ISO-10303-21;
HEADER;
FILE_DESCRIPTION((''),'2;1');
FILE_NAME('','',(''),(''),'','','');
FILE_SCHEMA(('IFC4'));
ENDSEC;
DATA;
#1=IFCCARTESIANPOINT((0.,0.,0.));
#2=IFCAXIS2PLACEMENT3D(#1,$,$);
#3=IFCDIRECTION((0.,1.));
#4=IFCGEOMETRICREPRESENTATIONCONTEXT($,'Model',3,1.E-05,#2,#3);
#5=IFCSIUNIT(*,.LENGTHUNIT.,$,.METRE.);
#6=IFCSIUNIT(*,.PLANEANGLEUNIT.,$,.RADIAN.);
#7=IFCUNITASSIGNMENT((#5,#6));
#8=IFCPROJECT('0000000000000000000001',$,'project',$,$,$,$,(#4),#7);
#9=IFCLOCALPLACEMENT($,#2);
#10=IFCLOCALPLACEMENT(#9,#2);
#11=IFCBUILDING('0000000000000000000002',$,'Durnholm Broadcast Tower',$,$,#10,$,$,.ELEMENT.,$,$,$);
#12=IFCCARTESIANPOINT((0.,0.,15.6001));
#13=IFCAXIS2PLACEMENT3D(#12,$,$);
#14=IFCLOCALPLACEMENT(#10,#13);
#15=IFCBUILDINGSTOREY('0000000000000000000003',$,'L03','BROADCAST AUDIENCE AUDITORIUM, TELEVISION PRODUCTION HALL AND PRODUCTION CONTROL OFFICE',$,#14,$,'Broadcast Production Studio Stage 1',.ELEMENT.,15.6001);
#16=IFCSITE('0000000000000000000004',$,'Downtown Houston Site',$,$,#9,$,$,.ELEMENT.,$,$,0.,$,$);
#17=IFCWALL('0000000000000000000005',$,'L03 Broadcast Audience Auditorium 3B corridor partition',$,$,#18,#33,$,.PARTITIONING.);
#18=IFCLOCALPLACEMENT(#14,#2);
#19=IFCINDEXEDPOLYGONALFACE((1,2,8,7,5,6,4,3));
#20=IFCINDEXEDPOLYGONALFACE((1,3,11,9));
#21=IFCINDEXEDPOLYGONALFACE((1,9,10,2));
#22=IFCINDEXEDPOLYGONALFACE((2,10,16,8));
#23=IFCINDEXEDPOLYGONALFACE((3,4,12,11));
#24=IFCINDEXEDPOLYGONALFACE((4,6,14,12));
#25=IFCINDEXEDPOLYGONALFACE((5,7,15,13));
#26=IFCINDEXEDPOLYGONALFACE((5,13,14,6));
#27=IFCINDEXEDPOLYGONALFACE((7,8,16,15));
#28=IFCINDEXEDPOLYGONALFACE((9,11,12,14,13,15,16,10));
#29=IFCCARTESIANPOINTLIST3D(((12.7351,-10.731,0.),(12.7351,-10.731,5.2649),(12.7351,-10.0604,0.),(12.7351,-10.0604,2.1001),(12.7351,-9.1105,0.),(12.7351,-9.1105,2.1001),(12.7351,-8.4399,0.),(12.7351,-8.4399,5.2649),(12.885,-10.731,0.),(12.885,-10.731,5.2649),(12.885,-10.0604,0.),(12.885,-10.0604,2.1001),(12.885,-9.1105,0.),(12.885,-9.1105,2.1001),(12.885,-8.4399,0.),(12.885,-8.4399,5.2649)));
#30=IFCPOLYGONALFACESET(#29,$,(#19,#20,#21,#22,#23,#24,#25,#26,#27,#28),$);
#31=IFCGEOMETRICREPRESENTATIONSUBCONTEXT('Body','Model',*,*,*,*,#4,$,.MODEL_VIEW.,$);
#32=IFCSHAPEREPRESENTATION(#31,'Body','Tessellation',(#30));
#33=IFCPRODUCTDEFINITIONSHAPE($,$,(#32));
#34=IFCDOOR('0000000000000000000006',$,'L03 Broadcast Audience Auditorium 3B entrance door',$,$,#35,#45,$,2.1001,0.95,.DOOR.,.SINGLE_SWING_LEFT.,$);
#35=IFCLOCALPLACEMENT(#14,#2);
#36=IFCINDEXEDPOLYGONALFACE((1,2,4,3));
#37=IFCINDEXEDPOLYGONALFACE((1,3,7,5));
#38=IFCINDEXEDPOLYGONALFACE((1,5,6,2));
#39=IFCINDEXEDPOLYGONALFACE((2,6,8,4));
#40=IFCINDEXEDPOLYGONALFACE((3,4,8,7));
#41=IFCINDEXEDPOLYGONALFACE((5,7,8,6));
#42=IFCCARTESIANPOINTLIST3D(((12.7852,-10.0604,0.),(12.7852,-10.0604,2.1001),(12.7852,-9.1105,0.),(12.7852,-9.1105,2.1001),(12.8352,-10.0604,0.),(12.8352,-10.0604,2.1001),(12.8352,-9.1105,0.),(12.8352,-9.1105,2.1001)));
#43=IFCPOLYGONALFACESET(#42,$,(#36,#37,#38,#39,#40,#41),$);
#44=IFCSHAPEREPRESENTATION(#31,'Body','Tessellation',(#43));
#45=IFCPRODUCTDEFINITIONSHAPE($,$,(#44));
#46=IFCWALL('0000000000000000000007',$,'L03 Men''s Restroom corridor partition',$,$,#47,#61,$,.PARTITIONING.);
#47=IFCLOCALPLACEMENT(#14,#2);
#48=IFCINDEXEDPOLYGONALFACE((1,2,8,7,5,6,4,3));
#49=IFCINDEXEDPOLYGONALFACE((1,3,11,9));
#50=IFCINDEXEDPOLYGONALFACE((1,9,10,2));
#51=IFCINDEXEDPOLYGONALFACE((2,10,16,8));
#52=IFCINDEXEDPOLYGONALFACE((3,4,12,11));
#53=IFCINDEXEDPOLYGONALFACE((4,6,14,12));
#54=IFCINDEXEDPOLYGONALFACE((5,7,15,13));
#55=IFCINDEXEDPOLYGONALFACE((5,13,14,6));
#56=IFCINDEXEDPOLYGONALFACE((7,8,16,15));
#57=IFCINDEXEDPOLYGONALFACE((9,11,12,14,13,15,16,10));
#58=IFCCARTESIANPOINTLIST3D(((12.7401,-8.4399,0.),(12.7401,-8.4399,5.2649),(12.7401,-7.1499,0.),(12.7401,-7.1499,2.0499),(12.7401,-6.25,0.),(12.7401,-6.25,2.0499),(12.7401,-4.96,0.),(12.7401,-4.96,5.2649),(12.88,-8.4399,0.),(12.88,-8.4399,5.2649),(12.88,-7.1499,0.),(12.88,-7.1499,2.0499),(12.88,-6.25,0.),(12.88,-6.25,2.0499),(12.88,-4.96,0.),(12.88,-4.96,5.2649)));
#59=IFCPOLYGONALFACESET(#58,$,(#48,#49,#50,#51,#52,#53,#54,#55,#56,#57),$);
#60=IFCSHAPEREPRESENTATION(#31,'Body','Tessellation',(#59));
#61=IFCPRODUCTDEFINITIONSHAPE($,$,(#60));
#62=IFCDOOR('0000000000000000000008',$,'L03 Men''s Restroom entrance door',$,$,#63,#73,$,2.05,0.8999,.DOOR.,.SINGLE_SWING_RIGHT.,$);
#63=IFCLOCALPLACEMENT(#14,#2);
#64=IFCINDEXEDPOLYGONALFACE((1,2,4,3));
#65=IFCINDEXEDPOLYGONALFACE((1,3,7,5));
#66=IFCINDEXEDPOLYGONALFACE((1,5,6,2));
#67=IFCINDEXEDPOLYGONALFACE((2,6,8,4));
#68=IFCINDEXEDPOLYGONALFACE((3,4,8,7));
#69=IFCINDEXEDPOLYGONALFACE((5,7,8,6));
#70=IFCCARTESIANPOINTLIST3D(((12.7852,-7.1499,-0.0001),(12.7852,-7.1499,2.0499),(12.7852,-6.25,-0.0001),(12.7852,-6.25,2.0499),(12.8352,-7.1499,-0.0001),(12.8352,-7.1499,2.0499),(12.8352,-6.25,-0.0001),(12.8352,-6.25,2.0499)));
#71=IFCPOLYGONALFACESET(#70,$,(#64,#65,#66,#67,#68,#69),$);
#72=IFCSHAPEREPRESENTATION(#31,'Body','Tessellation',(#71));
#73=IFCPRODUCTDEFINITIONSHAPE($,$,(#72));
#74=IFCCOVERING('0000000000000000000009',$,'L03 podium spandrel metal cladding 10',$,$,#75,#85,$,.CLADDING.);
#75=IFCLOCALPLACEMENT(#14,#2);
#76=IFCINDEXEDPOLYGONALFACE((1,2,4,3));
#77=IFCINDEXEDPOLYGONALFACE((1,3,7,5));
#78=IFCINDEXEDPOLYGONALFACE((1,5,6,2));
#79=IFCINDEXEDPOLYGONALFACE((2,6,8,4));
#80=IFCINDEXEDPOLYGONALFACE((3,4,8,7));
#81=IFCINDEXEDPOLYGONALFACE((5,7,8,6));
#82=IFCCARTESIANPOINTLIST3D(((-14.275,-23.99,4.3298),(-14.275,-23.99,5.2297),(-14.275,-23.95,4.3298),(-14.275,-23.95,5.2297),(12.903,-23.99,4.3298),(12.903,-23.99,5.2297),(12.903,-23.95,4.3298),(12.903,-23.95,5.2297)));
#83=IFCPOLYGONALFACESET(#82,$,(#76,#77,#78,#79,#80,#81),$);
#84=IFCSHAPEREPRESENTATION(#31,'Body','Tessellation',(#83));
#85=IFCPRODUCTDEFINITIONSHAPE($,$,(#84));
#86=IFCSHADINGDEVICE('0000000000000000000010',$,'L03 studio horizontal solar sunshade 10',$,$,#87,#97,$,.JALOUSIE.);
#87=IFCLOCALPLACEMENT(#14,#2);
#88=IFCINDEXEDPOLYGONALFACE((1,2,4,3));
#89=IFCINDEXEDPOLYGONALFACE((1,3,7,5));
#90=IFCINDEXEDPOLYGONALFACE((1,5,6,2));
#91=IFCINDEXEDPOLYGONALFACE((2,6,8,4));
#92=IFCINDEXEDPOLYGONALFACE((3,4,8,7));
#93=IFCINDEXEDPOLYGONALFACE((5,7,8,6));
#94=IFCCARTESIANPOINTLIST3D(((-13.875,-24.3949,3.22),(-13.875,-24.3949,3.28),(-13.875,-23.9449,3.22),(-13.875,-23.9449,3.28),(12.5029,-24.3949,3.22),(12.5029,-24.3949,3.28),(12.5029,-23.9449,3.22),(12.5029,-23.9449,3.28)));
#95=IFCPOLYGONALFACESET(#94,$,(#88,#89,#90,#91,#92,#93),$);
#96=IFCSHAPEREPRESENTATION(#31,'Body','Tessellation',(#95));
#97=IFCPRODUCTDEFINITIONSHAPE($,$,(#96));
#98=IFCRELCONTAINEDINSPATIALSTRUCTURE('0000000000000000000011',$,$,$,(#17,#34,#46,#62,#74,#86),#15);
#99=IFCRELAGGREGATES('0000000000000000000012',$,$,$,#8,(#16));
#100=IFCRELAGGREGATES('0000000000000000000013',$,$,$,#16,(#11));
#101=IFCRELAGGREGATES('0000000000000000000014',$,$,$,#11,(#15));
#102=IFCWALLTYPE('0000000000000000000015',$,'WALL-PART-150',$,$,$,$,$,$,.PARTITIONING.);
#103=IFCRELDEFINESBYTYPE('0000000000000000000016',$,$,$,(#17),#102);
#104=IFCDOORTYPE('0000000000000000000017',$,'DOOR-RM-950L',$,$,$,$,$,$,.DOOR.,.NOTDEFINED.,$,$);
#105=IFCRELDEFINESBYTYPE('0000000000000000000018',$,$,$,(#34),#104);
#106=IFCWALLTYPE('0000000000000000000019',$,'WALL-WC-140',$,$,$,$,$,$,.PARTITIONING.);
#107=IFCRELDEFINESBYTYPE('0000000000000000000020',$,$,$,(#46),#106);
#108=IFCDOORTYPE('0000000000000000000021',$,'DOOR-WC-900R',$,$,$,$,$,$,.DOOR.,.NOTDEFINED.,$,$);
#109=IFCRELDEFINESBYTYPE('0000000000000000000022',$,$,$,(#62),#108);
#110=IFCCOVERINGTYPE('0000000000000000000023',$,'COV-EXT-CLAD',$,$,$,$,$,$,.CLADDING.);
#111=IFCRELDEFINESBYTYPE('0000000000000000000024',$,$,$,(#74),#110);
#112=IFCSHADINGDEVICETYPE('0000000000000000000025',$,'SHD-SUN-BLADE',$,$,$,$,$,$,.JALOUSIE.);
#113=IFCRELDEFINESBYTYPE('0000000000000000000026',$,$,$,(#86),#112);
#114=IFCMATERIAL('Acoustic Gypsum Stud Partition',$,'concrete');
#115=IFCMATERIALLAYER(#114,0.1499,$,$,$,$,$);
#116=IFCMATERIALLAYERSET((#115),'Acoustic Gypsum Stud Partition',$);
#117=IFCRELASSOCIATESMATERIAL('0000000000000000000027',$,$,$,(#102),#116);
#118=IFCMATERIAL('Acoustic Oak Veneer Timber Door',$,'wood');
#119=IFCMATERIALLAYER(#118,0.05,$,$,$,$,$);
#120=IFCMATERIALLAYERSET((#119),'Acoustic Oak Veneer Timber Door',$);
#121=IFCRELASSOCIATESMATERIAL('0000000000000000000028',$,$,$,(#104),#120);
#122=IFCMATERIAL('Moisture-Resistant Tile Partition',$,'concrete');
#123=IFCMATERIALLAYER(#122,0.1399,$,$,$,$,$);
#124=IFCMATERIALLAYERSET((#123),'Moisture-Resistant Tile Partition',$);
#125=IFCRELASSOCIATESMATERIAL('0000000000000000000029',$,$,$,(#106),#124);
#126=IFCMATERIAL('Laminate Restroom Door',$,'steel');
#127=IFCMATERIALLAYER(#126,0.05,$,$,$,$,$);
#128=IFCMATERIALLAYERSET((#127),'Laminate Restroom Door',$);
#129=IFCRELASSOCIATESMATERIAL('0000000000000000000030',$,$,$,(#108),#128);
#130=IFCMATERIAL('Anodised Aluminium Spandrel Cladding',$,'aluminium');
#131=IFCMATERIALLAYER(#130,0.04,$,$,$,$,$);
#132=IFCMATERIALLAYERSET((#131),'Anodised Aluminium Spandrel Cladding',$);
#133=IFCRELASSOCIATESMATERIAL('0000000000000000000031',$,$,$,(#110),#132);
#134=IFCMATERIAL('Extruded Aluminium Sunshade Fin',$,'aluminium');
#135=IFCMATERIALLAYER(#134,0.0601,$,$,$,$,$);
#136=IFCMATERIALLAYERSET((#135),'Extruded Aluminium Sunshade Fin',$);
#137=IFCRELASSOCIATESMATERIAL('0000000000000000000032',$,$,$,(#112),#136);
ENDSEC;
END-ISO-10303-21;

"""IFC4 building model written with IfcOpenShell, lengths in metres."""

from ifc_helpers import new_model, si_unit, direction, frame, frame_2d, origin, origin_2d, place, context, subcontext, project, spatial, rectangle, extrude, source, transform, mapped, material, layer, layer_set, type_object, type_shapes, element, fill, save


model = new_model("IFC4")

# Units and contexts
model_context = context("Model", 3, precision=1e-05, world=origin(), true_north=direction((0.0, 1.0)))
body_context = subcontext(model_context, "Body", "Model", "MODEL_VIEW")
ifc_project = project(units=[si_unit("LENGTHUNIT", "METRE"), si_unit("PLANEANGLEUNIT", "RADIAN")], contexts=[model_context])

# Site, building, storey
site_placement = place(None, origin())
site = spatial("IfcSite", under=ifc_project, at=site_placement, Name="Downtown Houston Site", CompositionType="ELEMENT", RefElevation=0.0)
building_placement = place(site_placement, origin())
building = spatial("IfcBuilding", under=site, at=building_placement, Name="Durnholm Broadcast Tower", CompositionType="ELEMENT")
storey_placement = place(building_placement, frame((0.0, 0.0, 15.6001)))
storey = spatial("IfcBuildingStorey", under=building, at=storey_placement, Name="L03", Description="BROADCAST AUDIENCE AUDITORIUM, TELEVISION PRODUCTION HALL AND PRODUCTION CONTROL OFFICE", LongName="Broadcast Production Studio Stage 1", CompositionType="ELEMENT", Elevation=15.6001)

# Walls, openings, doors
ifc_material_1 = material(Name="Acoustic Gypsum Stud Partition", Category="concrete")
ifc_layer_1 = layer(ifc_material_1, 0.1499)
ifc_layer_set_1 = layer_set([ifc_layer_1], Name="Acoustic Gypsum Stud Partition")
wall_type_1 = type_object("IfcWallType", Name="WALL-PART-150", PredefinedType="PARTITIONING", material=ifc_layer_set_1)
wall_1_placement = place(storey_placement, frame((12.8101, -10.731, 0.0), z_axis=(0.0, 0.0, 1.0), x_axis=(0.0, 1.0, 0.0)))
wall_1 = element("IfcWall", 1, at=wall_1_placement, inside=storey, type_object=wall_type_1, Name="L03 Broadcast Audience Auditorium 3B corridor partition", PredefinedType="PARTITIONING", context=body_context, shape_type="SweptSolid", body=[
    extrude(rectangle(XDim=2.291, YDim=0.1499, at=frame_2d((1.1455, 0.0))), origin(), (0.0, 0.0, 1.0), 5.2649),
])
opening_1_placement = place(wall_1_placement, frame((0.6704, 0.0, 0.0)))
opening_1 = element("IfcOpeningElement", 2, at=opening_1_placement, cuts=wall_1, PredefinedType="OPENING", context=body_context, shape_type="SweptSolid", body=[
    extrude(rectangle(XDim=0.95, YDim=2.1001, at=frame_2d((0.4751, 1.05))), frame((0.0, 0.085, 0.0), z_axis=(0.0, -1.0, 0.0), x_axis=(1.0, 0.0, 0.0)), (0.0, 0.0, 1.0), 0.1699),
])
ifc_material_2 = material(Name="Acoustic Oak Veneer Timber Door", Category="wood")
ifc_layer_2 = layer(ifc_material_2, 0.05)
ifc_layer_set_2 = layer_set([ifc_layer_2], Name="Acoustic Oak Veneer Timber Door")
door_type_1 = type_object("IfcDoorType", Name="DOOR-RM-950L", OperationType="NOTDEFINED", PredefinedType="DOOR", material=ifc_layer_set_2)
shared_shape_1 = source(origin(), body_context, "Body", "SweptSolid", [
    extrude(rectangle(XDim=0.95, YDim=2.1001, at=frame_2d((0.4751, 1.05))), frame((0.0, 0.0249, 0.0), z_axis=(0.0, -1.0, 0.0), x_axis=(1.0, 0.0, 0.0)), (0.0, 0.0, 1.0), 0.05),
])
type_shapes(door_type_1, [shared_shape_1])
door_1_placement = place(opening_1_placement, origin())
door_1 = element("IfcDoor", 3, at=door_1_placement, inside=storey, type_object=door_type_1, Name="L03 Broadcast Audience Auditorium 3B entrance door", OperationType="SINGLE_SWING_LEFT", OverallHeight=2.1001, OverallWidth=0.95, PredefinedType="DOOR", context=body_context, shape_type="MappedRepresentation", body=[
    mapped(shared_shape_1, transform((0.0, 0.0, 0.0), x_axis=(1.0, 0.0, 0.0), y_axis=(0.0, 1.0, 0.0), z_axis=(0.0, 0.0, 1.0), scale=1.0)),
])
fill(opening_1, door_1)
ifc_material_3 = material(Name="Moisture-Resistant Tile Partition", Category="concrete")
ifc_layer_3 = layer(ifc_material_3, 0.1399)
ifc_layer_set_3 = layer_set([ifc_layer_3], Name="Moisture-Resistant Tile Partition")
wall_type_2 = type_object("IfcWallType", Name="WALL-WC-140", PredefinedType="PARTITIONING", material=ifc_layer_set_3)
wall_2_placement = place(storey_placement, frame((12.8101, -8.4399, 0.0), z_axis=(0.0, 0.0, 1.0), x_axis=(0.0, 1.0, 0.0)))
wall_2 = element("IfcWall", 4, at=wall_2_placement, inside=storey, type_object=wall_type_2, Name="L03 Men's Restroom corridor partition", PredefinedType="PARTITIONING", context=body_context, shape_type="SweptSolid", body=[
    extrude(rectangle(XDim=3.48, YDim=0.1399, at=frame_2d((1.74, 0.0))), origin(), (0.0, 0.0, 1.0), 5.2649),
])
opening_2_placement = place(wall_2_placement, frame((1.29, 0.0, 0.0)))
opening_2 = element("IfcOpeningElement", 5, at=opening_2_placement, cuts=wall_2, PredefinedType="OPENING", context=body_context, shape_type="SweptSolid", body=[
    extrude(rectangle(XDim=0.8999, YDim=2.05, at=frame_2d((0.45, 1.0249))), frame((0.0, 0.0801, 0.0), z_axis=(0.0, -1.0, 0.0), x_axis=(1.0, 0.0, 0.0)), (0.0, 0.0, 1.0), 0.1599),
])
ifc_material_4 = material(Name="Laminate Restroom Door", Category="steel")
ifc_layer_4 = layer(ifc_material_4, 0.05)
ifc_layer_set_4 = layer_set([ifc_layer_4], Name="Laminate Restroom Door")
door_type_2 = type_object("IfcDoorType", Name="DOOR-WC-900R", OperationType="NOTDEFINED", PredefinedType="DOOR", material=ifc_layer_set_4)
shared_shape_2 = source(origin(), body_context, "Body", "SweptSolid", [
    extrude(rectangle(XDim=0.8999, YDim=2.05, at=frame_2d((0.45, 1.0249))), frame((0.0, 0.0249, 0.0), z_axis=(0.0, -1.0, 0.0), x_axis=(1.0, 0.0, 0.0)), (0.0, 0.0, 1.0), 0.05),
])
type_shapes(door_type_2, [shared_shape_2])
door_2_placement = place(opening_2_placement, origin())
door_2 = element("IfcDoor", 6, at=door_2_placement, inside=storey, type_object=door_type_2, Name="L03 Men's Restroom entrance door", OperationType="SINGLE_SWING_RIGHT", OverallHeight=2.05, OverallWidth=0.8999, PredefinedType="DOOR", context=body_context, shape_type="MappedRepresentation", body=[
    mapped(shared_shape_2, transform((0.0, 0.0, 0.0), x_axis=(1.0, 0.0, 0.0), y_axis=(0.0, 1.0, 0.0), z_axis=(0.0, 0.0, 1.0), scale=1.0)),
])
fill(opening_2, door_2)

# Covering
ifc_material_5 = material(Name="Anodised Aluminium Spandrel Cladding", Category="aluminium")
ifc_layer_5 = layer(ifc_material_5, 0.04)
ifc_layer_set_5 = layer_set([ifc_layer_5], Name="Anodised Aluminium Spandrel Cladding")
covering_type = type_object("IfcCoveringType", Name="COV-EXT-CLAD", PredefinedType="CLADDING", material=ifc_layer_set_5)
shared_shape_3 = source(origin(), body_context, "Body", "SweptSolid", [
    extrude(rectangle(XDim=27.178, YDim=0.04, at=origin_2d()), origin(), (0.0, 0.0, 1.0), 0.8999),
])
type_shapes(covering_type, [shared_shape_3])
covering_placement = place(storey_placement, frame((-0.686, -23.97, 4.3298), z_axis=(0.0, 0.0, 1.0), x_axis=(-1.0, 0.0, 0.0)))
element("IfcCovering", 7, at=covering_placement, inside=storey, type_object=covering_type, Name="L03 podium spandrel metal cladding 10", PredefinedType="CLADDING", context=body_context, shape_type="MappedRepresentation", body=[
    mapped(shared_shape_3, transform((0.0, 0.0, 0.0), x_axis=(1.0, 0.0, 0.0), y_axis=(0.0, 1.0, 0.0), z_axis=(0.0, 0.0, 1.0), scale=1.0)),
])

# Shading device
ifc_material_6 = material(Name="Extruded Aluminium Sunshade Fin", Category="aluminium")
ifc_layer_6 = layer(ifc_material_6, 0.0601)
ifc_layer_set_6 = layer_set([ifc_layer_6], Name="Extruded Aluminium Sunshade Fin")
shading_device_type = type_object("IfcShadingDeviceType", Name="SHD-SUN-BLADE", PredefinedType="JALOUSIE", material=ifc_layer_set_6)
shared_shape_4 = source(origin(), body_context, "Body", "SweptSolid", [
    extrude(rectangle(XDim=26.3779, YDim=0.45, at=origin_2d()), origin(), (0.0, 0.0, 1.0), 0.0601),
])
type_shapes(shading_device_type, [shared_shape_4])
shading_device_placement = place(storey_placement, frame((-0.686, -24.1699, 3.22), z_axis=(0.0, 0.0, 1.0), x_axis=(-1.0, 0.0, 0.0)))
element("IfcShadingDevice", 8, at=shading_device_placement, inside=storey, type_object=shading_device_type, Name="L03 studio horizontal solar sunshade 10", PredefinedType="JALOUSIE", context=body_context, shape_type="MappedRepresentation", body=[
    mapped(shared_shape_4, transform((0.0, 0.0, 0.0), x_axis=(1.0, 0.0, 0.0), y_axis=(0.0, 1.0, 0.0), z_axis=(0.0, 0.0, 1.0), scale=1.0)),
])

save(model, "model.ifc")
